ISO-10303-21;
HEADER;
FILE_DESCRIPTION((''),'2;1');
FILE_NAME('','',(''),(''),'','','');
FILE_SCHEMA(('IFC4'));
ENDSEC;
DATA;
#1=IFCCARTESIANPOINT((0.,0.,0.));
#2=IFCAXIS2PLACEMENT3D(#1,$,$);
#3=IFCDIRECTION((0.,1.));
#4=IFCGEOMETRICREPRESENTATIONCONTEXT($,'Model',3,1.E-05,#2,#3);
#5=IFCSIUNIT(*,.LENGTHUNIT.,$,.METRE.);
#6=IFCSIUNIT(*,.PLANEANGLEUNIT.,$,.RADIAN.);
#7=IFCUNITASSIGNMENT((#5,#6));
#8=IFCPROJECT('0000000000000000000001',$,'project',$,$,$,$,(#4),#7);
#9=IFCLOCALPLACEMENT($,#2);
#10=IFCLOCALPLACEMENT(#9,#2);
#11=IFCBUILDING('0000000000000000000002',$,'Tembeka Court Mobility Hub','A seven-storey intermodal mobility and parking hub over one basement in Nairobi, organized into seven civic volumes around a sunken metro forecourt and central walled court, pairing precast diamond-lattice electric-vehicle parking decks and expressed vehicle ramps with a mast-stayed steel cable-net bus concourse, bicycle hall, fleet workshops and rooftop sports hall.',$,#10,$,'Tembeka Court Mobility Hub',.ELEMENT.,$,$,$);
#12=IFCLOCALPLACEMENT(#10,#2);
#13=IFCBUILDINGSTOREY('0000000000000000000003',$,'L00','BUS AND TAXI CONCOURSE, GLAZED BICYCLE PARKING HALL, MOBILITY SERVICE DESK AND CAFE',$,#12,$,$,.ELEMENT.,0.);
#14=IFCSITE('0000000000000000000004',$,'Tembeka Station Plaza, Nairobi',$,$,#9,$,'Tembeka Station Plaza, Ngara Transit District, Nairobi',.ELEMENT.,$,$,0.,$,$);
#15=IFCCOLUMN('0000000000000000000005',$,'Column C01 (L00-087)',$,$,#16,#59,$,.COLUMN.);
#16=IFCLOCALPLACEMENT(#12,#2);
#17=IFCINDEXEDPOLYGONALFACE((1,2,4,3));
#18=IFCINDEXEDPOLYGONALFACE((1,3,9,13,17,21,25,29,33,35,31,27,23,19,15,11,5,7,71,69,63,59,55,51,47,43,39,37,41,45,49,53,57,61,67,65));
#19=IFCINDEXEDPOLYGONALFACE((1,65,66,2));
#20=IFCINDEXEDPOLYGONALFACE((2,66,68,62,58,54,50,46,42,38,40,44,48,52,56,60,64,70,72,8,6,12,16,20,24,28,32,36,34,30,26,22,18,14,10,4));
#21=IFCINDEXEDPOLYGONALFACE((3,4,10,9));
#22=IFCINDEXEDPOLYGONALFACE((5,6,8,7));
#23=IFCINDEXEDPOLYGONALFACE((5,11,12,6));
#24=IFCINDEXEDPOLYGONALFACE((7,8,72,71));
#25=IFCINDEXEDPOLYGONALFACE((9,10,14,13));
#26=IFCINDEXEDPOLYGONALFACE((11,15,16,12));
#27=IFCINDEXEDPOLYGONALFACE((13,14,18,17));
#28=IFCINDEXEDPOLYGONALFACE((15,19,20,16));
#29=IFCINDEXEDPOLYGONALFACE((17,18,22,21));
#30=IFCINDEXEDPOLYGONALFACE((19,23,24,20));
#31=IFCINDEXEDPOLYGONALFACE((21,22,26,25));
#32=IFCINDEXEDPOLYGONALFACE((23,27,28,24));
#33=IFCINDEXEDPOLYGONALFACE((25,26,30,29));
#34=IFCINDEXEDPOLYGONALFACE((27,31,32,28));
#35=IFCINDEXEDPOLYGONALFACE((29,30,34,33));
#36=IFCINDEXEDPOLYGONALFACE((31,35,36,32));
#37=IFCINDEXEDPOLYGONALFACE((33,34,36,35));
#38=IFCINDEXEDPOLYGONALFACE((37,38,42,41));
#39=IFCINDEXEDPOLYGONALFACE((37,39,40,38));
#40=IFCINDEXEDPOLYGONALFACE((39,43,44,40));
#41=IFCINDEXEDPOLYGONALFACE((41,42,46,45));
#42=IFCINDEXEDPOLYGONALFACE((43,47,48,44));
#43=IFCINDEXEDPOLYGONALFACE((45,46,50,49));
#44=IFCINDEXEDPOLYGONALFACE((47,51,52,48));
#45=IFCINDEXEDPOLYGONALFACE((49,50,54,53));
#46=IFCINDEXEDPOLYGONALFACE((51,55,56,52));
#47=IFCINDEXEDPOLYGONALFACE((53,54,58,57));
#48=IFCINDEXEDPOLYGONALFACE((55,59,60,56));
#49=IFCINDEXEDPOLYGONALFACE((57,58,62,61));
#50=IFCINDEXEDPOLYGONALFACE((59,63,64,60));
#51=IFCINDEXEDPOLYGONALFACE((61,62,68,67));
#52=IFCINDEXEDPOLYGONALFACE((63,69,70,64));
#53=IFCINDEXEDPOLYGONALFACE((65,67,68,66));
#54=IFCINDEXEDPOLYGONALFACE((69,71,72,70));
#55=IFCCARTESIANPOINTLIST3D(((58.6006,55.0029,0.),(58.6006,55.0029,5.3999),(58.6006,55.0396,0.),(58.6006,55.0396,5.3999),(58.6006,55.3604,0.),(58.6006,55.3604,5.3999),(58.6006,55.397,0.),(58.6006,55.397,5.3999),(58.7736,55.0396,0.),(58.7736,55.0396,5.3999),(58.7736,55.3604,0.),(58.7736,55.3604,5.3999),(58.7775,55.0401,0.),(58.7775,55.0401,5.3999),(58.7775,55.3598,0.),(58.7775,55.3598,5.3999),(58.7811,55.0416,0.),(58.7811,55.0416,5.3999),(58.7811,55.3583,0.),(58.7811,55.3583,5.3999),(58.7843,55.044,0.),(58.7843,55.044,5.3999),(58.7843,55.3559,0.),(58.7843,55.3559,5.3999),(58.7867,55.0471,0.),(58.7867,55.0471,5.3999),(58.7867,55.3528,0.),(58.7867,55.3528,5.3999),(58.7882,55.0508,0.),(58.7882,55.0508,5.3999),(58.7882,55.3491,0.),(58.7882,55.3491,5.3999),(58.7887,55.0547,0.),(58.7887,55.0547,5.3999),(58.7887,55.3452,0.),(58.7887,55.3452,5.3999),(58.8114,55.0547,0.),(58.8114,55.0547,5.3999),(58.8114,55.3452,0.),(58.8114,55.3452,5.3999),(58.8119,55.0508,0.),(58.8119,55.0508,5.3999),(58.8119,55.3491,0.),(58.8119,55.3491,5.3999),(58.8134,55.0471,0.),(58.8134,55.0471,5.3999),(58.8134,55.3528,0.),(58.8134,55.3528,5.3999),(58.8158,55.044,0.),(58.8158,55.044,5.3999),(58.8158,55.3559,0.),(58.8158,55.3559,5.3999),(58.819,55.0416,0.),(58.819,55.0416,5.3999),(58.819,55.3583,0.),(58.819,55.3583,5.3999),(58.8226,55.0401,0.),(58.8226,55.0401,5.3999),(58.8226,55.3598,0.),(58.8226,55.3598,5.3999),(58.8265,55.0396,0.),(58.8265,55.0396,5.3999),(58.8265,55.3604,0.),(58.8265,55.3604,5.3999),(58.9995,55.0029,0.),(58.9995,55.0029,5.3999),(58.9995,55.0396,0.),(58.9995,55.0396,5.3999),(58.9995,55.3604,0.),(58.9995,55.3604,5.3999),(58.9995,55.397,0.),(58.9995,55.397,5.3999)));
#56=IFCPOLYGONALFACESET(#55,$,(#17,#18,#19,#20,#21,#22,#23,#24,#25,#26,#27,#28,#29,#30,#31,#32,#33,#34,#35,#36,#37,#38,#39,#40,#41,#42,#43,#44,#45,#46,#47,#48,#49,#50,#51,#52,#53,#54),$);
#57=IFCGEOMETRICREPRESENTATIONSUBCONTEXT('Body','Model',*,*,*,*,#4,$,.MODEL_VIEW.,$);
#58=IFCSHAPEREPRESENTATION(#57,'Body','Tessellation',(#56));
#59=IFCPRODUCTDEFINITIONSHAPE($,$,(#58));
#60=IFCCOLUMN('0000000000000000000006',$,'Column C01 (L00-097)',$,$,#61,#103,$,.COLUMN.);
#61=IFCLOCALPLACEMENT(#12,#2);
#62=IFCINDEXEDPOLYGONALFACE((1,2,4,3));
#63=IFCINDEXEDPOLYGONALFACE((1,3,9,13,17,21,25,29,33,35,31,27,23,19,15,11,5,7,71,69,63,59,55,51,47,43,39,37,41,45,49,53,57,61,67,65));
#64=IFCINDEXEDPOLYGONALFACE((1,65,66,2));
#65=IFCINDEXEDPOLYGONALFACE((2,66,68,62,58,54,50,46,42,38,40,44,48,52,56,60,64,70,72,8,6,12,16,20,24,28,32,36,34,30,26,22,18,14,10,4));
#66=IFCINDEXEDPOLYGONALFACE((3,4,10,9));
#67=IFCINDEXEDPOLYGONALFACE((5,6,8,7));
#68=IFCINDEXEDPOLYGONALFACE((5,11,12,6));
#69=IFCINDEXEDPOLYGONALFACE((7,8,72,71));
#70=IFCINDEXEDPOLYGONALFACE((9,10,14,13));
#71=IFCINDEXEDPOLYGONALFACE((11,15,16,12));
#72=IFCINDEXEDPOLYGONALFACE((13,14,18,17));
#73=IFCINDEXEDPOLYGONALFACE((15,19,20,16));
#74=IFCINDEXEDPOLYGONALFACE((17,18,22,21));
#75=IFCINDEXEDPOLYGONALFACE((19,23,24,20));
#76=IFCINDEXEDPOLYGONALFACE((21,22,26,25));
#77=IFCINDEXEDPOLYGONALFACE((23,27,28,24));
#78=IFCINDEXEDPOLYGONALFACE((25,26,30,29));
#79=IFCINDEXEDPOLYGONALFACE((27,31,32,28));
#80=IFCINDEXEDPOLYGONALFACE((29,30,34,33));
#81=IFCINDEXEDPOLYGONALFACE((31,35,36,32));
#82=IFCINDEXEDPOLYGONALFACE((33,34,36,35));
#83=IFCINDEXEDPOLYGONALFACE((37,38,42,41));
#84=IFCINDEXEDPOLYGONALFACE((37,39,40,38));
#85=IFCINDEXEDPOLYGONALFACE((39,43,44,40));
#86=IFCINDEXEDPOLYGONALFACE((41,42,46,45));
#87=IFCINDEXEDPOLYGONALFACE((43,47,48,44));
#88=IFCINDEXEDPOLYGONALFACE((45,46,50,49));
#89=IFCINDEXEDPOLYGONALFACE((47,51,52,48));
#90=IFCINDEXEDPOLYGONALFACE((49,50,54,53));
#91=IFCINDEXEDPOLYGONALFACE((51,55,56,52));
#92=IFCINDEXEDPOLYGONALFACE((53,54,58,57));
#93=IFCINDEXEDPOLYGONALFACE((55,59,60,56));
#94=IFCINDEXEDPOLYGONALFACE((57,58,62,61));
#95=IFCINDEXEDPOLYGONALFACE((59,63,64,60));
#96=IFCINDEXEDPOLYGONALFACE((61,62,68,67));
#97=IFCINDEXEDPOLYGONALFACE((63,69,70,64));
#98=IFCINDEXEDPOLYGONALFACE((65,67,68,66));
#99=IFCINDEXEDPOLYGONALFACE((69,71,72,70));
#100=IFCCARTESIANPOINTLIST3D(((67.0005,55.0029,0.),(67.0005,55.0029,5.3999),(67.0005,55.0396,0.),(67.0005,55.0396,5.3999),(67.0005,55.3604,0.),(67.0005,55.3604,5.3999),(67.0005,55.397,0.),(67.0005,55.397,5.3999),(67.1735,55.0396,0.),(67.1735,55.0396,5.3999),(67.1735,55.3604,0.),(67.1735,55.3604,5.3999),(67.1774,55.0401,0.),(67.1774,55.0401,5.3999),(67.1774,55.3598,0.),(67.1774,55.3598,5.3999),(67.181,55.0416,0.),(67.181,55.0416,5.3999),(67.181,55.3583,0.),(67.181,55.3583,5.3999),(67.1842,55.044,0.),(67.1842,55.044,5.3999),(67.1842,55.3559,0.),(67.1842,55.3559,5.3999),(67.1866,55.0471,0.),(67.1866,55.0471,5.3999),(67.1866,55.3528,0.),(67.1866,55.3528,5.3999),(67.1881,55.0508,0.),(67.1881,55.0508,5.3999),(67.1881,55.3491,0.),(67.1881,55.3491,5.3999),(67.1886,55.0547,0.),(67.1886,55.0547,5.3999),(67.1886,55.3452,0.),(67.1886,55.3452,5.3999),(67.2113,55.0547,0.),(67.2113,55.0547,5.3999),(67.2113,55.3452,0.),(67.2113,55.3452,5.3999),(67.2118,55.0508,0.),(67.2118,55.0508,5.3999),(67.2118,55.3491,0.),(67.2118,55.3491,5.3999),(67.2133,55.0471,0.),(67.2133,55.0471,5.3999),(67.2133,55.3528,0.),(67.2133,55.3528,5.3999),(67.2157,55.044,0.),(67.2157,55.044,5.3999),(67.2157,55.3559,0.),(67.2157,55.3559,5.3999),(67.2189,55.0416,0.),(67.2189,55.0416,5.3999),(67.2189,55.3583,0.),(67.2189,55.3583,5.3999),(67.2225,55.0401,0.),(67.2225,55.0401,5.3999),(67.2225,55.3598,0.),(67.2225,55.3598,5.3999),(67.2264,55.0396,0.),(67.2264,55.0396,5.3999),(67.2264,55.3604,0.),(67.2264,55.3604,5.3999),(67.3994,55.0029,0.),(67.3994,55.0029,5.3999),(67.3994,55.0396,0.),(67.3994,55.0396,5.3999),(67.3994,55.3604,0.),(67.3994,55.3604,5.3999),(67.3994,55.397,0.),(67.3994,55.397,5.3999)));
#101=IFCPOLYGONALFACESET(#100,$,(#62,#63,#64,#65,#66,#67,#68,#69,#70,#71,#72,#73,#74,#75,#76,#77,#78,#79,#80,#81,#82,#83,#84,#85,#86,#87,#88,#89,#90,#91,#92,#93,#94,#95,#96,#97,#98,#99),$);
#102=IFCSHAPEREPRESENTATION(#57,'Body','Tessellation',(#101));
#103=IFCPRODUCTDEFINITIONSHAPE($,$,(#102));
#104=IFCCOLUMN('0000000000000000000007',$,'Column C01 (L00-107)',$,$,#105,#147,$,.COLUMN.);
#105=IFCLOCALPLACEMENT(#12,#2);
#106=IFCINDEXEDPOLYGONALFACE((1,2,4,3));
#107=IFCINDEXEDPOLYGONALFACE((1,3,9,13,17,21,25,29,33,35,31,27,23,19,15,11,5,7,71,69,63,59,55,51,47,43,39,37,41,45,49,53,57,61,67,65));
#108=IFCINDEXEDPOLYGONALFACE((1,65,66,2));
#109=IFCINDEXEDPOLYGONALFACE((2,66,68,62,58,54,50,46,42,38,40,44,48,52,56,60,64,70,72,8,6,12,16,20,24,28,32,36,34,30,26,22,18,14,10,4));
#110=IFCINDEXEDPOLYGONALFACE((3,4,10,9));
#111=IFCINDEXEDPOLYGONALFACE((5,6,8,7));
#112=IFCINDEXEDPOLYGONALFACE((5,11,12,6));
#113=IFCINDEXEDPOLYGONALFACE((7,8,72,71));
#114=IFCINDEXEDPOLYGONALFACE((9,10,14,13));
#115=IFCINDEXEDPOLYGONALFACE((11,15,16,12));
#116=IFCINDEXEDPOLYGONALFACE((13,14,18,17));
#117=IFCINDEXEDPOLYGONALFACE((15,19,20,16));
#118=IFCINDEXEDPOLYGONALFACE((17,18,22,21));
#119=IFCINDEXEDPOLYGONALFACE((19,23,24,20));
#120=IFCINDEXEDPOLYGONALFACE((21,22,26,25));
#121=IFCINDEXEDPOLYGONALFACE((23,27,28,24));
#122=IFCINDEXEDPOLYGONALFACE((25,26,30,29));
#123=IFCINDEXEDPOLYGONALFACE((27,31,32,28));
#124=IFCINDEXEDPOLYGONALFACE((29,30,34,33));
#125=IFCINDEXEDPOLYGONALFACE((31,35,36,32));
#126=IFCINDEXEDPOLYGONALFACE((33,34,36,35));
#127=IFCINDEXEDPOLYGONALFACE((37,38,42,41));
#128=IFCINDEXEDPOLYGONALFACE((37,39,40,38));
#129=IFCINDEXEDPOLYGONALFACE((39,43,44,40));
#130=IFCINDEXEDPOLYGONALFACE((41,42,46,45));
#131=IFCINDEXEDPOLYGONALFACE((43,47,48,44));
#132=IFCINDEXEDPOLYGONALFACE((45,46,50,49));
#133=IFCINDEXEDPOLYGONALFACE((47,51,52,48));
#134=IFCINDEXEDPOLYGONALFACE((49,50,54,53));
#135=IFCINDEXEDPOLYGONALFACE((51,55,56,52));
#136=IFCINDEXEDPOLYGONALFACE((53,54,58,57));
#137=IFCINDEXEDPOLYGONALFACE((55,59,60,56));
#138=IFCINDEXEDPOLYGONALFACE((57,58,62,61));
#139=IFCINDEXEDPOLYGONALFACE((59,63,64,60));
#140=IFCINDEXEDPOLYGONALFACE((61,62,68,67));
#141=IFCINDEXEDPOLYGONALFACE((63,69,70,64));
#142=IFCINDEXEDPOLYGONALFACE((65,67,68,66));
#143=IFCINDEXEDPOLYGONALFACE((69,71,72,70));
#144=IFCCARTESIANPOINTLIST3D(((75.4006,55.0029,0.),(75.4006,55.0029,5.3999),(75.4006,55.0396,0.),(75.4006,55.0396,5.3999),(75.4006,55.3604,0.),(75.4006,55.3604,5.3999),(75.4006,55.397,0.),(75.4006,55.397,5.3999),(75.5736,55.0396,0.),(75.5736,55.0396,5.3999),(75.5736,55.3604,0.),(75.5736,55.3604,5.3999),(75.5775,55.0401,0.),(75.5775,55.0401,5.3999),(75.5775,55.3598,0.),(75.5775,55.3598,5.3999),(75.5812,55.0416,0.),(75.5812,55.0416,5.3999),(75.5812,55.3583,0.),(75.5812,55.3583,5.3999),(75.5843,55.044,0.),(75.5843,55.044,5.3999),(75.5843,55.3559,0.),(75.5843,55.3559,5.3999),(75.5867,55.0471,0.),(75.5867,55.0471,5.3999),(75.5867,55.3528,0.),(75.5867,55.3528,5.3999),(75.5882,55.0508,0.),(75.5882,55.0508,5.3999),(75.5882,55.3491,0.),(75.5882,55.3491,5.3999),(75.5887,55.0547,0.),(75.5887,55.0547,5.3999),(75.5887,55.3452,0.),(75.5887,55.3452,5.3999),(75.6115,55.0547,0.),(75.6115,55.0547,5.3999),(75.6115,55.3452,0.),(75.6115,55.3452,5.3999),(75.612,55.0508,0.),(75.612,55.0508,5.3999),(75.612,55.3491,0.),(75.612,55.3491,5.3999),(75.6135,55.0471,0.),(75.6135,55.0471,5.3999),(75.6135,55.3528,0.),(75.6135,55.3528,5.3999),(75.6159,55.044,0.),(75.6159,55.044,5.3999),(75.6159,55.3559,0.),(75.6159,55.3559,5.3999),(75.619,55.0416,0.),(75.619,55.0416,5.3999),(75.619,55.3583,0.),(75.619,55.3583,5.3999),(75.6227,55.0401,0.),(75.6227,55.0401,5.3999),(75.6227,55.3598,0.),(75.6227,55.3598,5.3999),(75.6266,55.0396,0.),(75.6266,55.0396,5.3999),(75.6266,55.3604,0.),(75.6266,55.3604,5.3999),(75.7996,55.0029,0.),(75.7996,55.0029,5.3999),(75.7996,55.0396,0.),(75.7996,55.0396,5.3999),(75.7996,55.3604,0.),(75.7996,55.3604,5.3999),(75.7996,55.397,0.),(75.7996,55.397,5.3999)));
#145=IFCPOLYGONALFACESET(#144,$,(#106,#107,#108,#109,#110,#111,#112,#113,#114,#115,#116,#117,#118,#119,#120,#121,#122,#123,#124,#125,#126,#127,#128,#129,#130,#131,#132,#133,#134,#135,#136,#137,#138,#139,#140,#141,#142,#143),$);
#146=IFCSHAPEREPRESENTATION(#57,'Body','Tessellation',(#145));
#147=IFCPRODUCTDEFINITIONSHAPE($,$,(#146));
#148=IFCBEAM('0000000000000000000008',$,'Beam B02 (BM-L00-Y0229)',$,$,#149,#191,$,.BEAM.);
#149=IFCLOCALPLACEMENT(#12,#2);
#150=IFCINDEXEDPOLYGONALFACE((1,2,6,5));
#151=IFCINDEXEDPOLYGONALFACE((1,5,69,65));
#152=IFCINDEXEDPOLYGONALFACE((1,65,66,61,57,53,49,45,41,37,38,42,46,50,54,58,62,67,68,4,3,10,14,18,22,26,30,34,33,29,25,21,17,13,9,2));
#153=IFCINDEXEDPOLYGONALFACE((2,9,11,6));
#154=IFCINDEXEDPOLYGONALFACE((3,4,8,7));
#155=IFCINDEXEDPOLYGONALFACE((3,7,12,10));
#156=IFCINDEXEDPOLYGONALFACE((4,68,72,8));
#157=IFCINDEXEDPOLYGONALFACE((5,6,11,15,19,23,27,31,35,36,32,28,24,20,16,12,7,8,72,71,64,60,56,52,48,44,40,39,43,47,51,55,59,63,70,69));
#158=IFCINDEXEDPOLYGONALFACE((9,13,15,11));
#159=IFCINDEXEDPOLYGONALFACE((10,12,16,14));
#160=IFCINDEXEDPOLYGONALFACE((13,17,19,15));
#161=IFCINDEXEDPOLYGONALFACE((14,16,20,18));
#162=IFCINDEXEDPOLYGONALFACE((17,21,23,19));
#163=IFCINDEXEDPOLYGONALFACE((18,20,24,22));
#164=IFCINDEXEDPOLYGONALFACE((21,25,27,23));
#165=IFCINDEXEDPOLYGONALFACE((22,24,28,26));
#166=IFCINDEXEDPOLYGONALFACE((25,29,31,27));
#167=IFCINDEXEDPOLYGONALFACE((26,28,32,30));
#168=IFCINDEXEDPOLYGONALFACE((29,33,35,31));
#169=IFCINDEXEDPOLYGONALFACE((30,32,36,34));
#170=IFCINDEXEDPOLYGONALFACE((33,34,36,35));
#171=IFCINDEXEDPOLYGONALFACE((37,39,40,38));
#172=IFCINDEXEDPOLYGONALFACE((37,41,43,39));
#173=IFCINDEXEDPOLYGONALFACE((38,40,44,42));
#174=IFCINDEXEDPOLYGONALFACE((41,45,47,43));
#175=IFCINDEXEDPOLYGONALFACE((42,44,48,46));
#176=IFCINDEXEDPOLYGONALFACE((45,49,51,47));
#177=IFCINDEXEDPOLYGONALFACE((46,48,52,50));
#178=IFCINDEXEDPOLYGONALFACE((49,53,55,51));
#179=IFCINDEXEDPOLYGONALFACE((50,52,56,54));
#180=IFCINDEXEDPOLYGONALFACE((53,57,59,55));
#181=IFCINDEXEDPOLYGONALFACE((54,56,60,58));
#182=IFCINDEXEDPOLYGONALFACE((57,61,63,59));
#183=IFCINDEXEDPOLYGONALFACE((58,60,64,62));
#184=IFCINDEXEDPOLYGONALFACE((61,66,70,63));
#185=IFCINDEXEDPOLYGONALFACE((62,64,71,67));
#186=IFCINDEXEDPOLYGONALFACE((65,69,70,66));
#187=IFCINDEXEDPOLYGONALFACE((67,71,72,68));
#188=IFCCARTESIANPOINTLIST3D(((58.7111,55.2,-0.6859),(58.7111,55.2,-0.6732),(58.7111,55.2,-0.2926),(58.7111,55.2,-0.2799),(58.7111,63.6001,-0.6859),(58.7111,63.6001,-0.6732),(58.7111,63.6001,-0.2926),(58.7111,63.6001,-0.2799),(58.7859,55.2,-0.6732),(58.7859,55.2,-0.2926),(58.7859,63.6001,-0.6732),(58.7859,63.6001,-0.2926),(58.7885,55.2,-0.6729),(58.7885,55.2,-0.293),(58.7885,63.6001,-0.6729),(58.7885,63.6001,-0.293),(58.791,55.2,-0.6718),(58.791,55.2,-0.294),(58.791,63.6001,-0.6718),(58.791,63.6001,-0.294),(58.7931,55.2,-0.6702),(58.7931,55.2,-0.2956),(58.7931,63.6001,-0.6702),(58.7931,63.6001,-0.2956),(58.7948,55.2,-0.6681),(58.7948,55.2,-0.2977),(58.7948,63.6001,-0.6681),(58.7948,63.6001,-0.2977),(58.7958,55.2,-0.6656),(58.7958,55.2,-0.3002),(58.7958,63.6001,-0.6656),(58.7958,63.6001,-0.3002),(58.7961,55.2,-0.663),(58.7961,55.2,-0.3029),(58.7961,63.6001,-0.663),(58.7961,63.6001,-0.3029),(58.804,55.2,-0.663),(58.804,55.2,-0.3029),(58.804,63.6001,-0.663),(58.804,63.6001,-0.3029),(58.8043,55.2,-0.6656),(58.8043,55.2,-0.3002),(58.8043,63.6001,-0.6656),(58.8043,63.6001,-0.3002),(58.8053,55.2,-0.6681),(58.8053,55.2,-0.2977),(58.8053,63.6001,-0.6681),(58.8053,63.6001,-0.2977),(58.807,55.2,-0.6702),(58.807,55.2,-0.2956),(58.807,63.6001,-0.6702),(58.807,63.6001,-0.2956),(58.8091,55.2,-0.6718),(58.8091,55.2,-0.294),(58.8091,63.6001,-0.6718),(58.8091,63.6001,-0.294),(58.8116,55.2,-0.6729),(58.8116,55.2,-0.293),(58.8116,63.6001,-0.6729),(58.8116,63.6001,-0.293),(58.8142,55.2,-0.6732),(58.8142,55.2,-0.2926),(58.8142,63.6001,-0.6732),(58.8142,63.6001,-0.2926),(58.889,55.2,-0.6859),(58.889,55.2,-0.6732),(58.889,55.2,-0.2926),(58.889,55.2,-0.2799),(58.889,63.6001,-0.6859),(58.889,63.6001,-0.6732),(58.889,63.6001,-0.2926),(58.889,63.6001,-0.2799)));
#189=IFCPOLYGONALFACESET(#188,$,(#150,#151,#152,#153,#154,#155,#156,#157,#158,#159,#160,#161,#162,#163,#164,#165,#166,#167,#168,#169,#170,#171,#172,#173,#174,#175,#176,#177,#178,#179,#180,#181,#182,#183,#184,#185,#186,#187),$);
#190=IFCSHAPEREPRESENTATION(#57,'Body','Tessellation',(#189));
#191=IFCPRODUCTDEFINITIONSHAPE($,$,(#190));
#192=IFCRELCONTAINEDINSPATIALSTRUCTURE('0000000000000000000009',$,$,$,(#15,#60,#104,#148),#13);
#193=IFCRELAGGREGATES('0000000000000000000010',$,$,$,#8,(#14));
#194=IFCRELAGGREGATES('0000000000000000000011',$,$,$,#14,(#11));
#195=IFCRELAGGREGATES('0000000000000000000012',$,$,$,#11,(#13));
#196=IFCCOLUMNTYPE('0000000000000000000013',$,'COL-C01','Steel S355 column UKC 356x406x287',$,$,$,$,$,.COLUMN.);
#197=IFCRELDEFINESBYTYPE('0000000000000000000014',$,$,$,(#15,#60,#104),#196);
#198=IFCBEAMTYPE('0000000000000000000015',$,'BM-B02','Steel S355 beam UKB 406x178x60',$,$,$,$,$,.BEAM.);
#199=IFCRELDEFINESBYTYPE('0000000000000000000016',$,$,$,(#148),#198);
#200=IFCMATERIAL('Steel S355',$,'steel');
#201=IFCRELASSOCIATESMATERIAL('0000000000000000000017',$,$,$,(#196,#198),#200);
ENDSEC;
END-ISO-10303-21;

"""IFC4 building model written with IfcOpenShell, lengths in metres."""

from ifc_helpers import new_model, si_unit, direction, frame, origin, origin_2d, place, context, subcontext, project, spatial, i_section, extrude, material, material_profile, profile_set, type_object, element, save


model = new_model("IFC4")

# Units and contexts
model_context = context("Model", 3, precision=1e-05, world=origin(), true_north=direction((0.0, 1.0)))
body_context = subcontext(model_context, "Body", "Model", "MODEL_VIEW")
ifc_project = project(units=[si_unit("LENGTHUNIT", "METRE"), si_unit("PLANEANGLEUNIT", "RADIAN")], contexts=[model_context])

# Site, building, storey
site_placement = place(None, origin())
site = spatial("IfcSite", under=ifc_project, at=site_placement, Name="Tembeka Station Plaza, Nairobi", LongName="Tembeka Station Plaza, Ngara Transit District, Nairobi", CompositionType="ELEMENT", RefElevation=0.0)
building_placement = place(site_placement, origin())
building = spatial("IfcBuilding", under=site, at=building_placement, Name="Tembeka Court Mobility Hub", Description="A seven-storey intermodal mobility and parking hub over one basement in Nairobi, organized into seven civic volumes around a sunken metro forecourt and central walled court, pairing precast diamond-lattice electric-vehicle parking decks and expressed vehicle ramps with a mast-stayed steel cable-net bus concourse, bicycle hall, fleet workshops and rooftop sports hall.", LongName="Tembeka Court Mobility Hub", CompositionType="ELEMENT")
storey_placement = place(building_placement, origin())
storey = spatial("IfcBuildingStorey", under=building, at=storey_placement, Name="L00", Description="BUS AND TAXI CONCOURSE, GLAZED BICYCLE PARKING HALL, MOBILITY SERVICE DESK AND CAFE", CompositionType="ELEMENT", Elevation=0.0)

# Columns
ifc_material_1 = material(Name="Steel S355", Category="steel")
ifc_material_profile_1 = material_profile(ifc_material_1, i_section(OverallWidth=0.3989, OverallDepth=0.394, WebThickness=0.0227, FlangeThickness=0.0366, FilletRadius=0.0151, at=origin_2d()), Name="UKC 356x406x287")
ifc_profile_set_1 = profile_set([ifc_material_profile_1], Name="Steel S355")
column_type = type_object("IfcColumnType", Name="COL-C01", Description="Steel S355 column UKC 356x406x287", PredefinedType="COLUMN", material=ifc_profile_set_1)
for number, where, z_axis, x_axis, name in (
    (1, (58.8, 55.2, 0.0), (0.0, 0.0, 1.0), (1.0, 0.0, 0.0), "Column C01 (L00-087)"),
    (2, (67.2, 55.2, 0.0), (0.0, 0.0, 1.0), (1.0, 0.0, 0.0), "Column C01 (L00-097)"),
    (3, (75.6001, 55.2, 0.0), (0.0, 0.0, 1.0), (1.0, 0.0, 0.0), "Column C01 (L00-107)"),
):
    element("IfcColumn", number, at=place(storey_placement, frame(where, z_axis=z_axis, x_axis=x_axis)), inside=storey, type_object=column_type, Name=name, PredefinedType="COLUMN", context=body_context, shape_type="SweptSolid", body=[
        extrude(i_section(OverallWidth=0.3989, OverallDepth=0.394, WebThickness=0.0227, FlangeThickness=0.0366, FilletRadius=0.0151, at=origin_2d()), origin(), (0.0, 0.0, 1.0), 5.3999),
    ])

# Beam
ifc_material_profile_2 = material_profile(ifc_material_1, i_section(OverallWidth=0.178, OverallDepth=0.406, WebThickness=0.0078, FlangeThickness=0.0127, FilletRadius=0.0103, at=origin_2d()), Name="UKB 406x178x60")
ifc_profile_set_2 = profile_set([ifc_material_profile_2], Name="Steel S355")
beam_type_1 = type_object("IfcBeamType", Name="BM-B02", Description="Steel S355 beam UKB 406x178x60", PredefinedType="BEAM", material=ifc_profile_set_2)
for number, where, z_axis, x_axis, name in (
    (4, (58.8, 55.2, -0.4829), (0.0, 1.0, 0.0), (-1.0, 0.0, 0.0), "Beam B02 (BM-L00-Y0229)"),
):
    element("IfcBeam", number, at=place(storey_placement, frame(where, z_axis=z_axis, x_axis=x_axis)), inside=storey, type_object=beam_type_1, Name=name, PredefinedType="BEAM", context=body_context, shape_type="SweptSolid", body=[
        extrude(i_section(OverallWidth=0.178, OverallDepth=0.406, WebThickness=0.0078, FlangeThickness=0.0127, FilletRadius=0.0103, at=origin_2d()), origin(), (0.0, 0.0, 1.0), 8.4001),
    ])

save(model, "model.ifc")
